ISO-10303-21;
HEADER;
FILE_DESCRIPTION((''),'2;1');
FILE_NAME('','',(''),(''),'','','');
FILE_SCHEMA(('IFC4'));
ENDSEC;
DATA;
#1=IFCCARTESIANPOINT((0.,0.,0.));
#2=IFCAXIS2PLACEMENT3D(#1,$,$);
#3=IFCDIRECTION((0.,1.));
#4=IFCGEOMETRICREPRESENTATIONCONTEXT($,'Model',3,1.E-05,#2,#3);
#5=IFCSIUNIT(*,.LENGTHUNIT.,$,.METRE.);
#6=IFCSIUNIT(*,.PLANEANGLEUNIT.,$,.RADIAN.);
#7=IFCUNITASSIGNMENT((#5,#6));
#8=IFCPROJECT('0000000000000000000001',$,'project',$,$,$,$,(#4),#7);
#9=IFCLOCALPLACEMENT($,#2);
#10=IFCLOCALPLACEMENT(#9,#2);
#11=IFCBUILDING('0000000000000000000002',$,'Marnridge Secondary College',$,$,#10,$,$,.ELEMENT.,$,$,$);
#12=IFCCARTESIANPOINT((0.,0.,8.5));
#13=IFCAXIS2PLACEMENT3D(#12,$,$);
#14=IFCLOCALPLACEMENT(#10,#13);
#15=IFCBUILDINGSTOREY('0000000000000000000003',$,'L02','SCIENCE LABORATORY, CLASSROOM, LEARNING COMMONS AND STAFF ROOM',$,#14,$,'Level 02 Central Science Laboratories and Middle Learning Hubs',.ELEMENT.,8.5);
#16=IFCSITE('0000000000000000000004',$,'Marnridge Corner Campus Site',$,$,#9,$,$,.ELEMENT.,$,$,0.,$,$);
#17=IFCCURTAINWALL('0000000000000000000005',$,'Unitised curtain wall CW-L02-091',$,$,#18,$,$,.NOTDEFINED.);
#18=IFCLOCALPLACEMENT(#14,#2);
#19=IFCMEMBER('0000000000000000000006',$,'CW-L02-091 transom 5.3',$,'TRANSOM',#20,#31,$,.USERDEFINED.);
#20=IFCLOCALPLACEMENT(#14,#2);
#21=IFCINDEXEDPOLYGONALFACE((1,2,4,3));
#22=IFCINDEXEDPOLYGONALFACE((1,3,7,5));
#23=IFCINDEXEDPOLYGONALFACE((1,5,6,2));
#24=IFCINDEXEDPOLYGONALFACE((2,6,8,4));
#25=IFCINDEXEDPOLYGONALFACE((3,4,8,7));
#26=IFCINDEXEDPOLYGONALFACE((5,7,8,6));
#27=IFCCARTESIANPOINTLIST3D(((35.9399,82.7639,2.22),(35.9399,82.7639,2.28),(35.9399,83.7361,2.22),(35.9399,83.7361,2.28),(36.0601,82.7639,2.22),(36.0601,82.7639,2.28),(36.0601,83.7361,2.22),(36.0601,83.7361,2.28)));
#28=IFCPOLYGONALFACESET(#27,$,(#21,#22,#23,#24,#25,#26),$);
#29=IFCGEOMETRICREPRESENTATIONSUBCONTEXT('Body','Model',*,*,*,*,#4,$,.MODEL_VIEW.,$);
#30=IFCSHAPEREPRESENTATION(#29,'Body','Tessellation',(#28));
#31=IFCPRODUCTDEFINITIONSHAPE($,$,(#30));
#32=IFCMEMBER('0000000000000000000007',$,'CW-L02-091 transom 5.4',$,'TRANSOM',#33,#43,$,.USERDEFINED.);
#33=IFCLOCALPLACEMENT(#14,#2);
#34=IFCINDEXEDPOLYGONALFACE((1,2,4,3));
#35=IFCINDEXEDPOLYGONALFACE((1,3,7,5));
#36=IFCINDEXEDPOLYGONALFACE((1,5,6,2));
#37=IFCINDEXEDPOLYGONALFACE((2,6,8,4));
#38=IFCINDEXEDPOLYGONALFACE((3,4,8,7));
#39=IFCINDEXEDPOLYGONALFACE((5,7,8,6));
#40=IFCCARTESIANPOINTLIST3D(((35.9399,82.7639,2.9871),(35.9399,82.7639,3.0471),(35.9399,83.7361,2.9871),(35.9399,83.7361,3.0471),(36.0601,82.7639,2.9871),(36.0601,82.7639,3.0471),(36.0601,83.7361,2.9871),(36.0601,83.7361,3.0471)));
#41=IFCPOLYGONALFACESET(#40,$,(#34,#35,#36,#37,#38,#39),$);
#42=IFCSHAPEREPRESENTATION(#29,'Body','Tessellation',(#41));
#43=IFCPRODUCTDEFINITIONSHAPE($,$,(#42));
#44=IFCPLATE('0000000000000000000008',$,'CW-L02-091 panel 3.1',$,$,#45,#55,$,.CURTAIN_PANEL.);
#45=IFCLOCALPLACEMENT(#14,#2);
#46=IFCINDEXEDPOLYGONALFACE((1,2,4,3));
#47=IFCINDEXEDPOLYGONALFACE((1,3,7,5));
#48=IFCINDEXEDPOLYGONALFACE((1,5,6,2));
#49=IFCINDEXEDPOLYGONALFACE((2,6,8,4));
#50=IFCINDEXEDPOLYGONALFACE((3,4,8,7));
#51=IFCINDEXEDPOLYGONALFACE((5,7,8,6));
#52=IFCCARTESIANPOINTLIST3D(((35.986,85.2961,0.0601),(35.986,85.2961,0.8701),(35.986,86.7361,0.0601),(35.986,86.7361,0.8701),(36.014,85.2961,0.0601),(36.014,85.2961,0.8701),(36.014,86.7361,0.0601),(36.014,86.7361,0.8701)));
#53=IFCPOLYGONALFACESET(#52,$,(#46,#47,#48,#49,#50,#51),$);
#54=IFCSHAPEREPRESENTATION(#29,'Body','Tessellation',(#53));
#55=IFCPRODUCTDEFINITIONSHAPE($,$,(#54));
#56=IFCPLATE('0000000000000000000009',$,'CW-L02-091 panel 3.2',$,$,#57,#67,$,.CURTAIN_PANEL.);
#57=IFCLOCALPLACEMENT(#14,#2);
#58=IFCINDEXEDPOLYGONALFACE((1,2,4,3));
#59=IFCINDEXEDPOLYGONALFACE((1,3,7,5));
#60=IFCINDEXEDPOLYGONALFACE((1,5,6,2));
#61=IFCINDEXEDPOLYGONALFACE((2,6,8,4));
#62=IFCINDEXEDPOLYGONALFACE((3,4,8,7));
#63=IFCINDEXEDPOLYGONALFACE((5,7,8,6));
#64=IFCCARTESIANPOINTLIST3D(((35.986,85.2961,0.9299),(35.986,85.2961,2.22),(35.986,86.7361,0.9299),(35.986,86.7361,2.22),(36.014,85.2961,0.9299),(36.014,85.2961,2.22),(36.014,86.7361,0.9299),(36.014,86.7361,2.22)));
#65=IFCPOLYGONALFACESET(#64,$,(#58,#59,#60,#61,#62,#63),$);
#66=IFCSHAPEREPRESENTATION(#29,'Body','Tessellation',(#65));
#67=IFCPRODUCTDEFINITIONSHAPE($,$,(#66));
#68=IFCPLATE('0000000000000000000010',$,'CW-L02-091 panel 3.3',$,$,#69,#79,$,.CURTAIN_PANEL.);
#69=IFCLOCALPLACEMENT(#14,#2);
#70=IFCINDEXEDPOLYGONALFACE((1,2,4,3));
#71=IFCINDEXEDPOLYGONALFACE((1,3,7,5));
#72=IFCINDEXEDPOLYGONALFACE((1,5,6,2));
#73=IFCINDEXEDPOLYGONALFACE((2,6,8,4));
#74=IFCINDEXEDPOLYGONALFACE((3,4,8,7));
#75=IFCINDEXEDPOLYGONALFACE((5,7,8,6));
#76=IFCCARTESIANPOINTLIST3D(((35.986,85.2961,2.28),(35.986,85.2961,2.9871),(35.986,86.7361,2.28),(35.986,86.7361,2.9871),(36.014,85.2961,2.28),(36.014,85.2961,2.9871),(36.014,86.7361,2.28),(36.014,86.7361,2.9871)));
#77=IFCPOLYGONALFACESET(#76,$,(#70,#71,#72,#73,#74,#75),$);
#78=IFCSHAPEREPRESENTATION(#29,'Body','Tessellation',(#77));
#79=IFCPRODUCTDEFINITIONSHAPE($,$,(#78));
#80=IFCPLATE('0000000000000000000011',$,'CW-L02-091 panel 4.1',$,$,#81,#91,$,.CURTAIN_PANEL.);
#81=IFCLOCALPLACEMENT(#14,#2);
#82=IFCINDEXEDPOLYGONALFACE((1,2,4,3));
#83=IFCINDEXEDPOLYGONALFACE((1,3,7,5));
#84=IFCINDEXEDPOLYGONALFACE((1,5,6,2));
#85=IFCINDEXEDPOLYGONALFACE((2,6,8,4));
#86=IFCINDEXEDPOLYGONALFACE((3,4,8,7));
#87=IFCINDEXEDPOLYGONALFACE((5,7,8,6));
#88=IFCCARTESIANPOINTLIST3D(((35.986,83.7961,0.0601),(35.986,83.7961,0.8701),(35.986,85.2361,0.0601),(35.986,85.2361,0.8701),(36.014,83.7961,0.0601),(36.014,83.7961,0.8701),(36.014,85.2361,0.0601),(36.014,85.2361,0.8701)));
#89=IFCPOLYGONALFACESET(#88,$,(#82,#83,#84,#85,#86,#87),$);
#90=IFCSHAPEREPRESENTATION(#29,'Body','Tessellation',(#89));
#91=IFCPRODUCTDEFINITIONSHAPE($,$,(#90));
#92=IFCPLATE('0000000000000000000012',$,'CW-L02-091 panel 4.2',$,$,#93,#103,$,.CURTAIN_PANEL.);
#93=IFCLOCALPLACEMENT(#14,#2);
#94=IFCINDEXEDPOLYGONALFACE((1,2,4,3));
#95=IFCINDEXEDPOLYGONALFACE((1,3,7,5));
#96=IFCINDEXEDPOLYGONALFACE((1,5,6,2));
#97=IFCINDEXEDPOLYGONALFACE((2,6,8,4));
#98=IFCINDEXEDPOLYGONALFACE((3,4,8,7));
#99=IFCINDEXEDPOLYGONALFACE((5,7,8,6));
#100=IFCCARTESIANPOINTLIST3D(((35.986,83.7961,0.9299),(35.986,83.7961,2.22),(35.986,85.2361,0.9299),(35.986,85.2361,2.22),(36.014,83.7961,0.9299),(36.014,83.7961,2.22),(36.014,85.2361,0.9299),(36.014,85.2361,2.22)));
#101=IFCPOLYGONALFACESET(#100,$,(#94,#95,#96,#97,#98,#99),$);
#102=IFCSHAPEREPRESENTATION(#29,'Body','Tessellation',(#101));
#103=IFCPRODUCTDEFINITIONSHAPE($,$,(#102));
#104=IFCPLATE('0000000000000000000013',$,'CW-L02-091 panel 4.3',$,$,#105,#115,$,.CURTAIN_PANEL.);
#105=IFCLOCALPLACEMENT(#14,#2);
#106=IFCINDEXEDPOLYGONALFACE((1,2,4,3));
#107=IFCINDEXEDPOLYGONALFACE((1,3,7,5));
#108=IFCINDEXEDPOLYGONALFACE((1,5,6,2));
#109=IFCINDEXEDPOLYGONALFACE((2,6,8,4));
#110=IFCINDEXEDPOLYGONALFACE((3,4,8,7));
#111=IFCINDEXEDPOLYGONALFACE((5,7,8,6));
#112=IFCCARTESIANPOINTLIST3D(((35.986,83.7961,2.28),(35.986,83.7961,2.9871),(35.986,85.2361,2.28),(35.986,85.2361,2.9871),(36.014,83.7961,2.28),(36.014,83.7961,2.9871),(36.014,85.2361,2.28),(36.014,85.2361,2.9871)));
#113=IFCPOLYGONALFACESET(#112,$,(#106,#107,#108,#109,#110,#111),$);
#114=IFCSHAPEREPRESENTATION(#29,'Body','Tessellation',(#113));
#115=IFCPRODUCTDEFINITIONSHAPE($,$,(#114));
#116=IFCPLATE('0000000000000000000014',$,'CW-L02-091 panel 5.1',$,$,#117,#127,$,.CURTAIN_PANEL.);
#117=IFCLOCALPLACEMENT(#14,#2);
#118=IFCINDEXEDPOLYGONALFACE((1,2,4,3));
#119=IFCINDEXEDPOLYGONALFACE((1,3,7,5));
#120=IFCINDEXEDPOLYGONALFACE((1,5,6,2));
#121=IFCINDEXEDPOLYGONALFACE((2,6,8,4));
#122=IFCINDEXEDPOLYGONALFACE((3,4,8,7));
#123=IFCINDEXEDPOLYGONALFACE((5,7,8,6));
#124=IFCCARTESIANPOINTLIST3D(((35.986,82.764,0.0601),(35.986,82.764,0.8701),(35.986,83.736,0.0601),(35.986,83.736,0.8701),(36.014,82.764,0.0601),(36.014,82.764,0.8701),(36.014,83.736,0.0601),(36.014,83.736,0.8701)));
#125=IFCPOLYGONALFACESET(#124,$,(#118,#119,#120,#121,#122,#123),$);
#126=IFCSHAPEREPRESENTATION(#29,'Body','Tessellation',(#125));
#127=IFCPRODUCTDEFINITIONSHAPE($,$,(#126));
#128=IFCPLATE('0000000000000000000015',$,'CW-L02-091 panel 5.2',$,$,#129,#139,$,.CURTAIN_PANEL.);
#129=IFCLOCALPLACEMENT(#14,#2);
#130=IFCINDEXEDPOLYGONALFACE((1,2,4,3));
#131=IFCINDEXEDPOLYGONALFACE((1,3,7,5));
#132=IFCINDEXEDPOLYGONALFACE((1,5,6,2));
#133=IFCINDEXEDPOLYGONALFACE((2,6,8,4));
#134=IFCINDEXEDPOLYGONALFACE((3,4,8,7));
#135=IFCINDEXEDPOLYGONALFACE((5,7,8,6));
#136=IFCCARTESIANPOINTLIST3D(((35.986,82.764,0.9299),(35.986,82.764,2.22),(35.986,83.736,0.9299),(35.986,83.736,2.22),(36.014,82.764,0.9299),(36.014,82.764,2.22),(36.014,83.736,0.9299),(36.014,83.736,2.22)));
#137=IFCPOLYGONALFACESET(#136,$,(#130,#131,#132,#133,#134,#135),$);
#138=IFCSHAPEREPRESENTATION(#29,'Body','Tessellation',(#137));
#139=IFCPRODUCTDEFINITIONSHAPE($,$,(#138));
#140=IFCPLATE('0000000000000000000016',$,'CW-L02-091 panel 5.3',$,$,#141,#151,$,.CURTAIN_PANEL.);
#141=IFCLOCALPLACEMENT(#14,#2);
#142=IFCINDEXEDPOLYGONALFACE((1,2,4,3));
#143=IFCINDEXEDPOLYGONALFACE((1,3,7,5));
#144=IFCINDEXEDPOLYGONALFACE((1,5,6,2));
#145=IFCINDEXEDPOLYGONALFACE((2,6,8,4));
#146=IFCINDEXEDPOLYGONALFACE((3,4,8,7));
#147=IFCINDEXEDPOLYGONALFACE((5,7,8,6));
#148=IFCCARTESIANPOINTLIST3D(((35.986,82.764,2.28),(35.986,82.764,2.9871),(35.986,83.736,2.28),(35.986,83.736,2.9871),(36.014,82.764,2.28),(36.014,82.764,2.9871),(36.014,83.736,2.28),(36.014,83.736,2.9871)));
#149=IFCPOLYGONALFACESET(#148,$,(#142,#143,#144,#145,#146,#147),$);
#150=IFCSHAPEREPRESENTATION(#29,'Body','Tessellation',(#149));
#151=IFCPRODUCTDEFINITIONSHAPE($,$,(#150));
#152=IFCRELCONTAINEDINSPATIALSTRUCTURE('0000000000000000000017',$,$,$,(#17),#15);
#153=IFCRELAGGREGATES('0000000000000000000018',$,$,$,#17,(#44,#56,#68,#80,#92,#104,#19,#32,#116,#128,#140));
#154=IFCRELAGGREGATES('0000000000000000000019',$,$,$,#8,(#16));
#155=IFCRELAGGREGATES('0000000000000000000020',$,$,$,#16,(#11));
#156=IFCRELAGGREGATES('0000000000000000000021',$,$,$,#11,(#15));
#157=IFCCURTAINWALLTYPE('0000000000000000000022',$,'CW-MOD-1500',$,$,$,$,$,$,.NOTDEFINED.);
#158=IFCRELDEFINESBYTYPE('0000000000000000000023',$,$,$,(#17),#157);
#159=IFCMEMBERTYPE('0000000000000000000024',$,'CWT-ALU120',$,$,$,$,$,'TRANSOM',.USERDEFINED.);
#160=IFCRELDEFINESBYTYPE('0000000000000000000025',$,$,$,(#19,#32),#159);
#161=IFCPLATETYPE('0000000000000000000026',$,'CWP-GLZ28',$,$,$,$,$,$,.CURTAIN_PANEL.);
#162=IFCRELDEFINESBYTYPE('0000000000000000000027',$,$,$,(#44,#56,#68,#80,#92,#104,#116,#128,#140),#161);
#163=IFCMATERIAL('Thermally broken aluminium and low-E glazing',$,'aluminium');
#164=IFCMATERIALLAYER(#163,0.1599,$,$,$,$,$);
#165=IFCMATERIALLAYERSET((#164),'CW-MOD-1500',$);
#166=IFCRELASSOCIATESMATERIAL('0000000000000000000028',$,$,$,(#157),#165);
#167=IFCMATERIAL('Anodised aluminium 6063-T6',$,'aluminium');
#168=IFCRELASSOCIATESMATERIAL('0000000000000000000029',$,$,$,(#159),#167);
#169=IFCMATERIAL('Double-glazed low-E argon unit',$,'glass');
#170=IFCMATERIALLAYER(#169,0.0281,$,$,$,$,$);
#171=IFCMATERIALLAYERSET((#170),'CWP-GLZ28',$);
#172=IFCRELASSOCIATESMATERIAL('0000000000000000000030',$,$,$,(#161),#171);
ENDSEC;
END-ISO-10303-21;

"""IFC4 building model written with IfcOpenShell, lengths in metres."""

from ifc_helpers import new_model, si_unit, direction, frame, origin, origin_2d, place, context, subcontext, project, spatial, rectangle, extrude, material, layer, layer_set, material_profile, profile_set, type_object, element, aggregate, save


model = new_model("IFC4")

# Units and contexts
model_context = context("Model", 3, precision=1e-05, world=origin(), true_north=direction((0.0, 1.0)))
body_context = subcontext(model_context, "Body", "Model", "MODEL_VIEW")
ifc_project = project(units=[si_unit("LENGTHUNIT", "METRE"), si_unit("PLANEANGLEUNIT", "RADIAN")], contexts=[model_context])

# Site, building, storey
site_placement = place(None, origin())
site = spatial("IfcSite", under=ifc_project, at=site_placement, Name="Marnridge Corner Campus Site", CompositionType="ELEMENT", RefElevation=0.0)
building_placement = place(site_placement, origin())
building = spatial("IfcBuilding", under=site, at=building_placement, Name="Marnridge Secondary College", CompositionType="ELEMENT")
storey_placement = place(building_placement, frame((0.0, 0.0, 8.5)))
storey = spatial("IfcBuildingStorey", under=building, at=storey_placement, Name="L02", Description="SCIENCE LABORATORY, CLASSROOM, LEARNING COMMONS AND STAFF ROOM", LongName="Level 02 Central Science Laboratories and Middle Learning Hubs", CompositionType="ELEMENT", Elevation=8.5)

# Curtain wall, members, plates
ifc_material_1 = material(Name="Thermally broken aluminium and low-E glazing", Category="aluminium")
ifc_layer_1 = layer(ifc_material_1, 0.1599)
ifc_layer_set_1 = layer_set([ifc_layer_1], Name="CW-MOD-1500")
curtain_wall_type = type_object("IfcCurtainWallType", Name="CW-MOD-1500", PredefinedType="NOTDEFINED", material=ifc_layer_set_1)
curtain_wall_placement = place(storey_placement, origin())
curtain_wall = element("IfcCurtainWall", 1, at=curtain_wall_placement, inside=storey, type_object=curtain_wall_type, Name="Unitised curtain wall CW-L02-091", PredefinedType="NOTDEFINED")
ifc_material_2 = material(Name="Anodised aluminium 6063-T6", Category="aluminium")
ifc_material_profile_1 = material_profile(ifc_material_2, rectangle(XDim=0.0601, YDim=0.1201, at=origin_2d()), Name="ALU 60x120")
ifc_profile_set_1 = profile_set([ifc_material_profile_1], Name="Anodised aluminium 6063-T6")
member_type_1 = type_object("IfcMemberType", Name="CWT-ALU120", ElementType="TRANSOM", PredefinedType="USERDEFINED", material=ifc_profile_set_1)
member_1_placement = place(storey_placement, frame((36.0, 83.7361, 2.25), z_axis=(0.0, -1.0, 0.0), x_axis=(0.0, 0.0, 1.0)))
member_1 = element("IfcMember", 2, at=member_1_placement, type_object=member_type_1, Name="CW-L02-091 transom 5.3", ObjectType="TRANSOM", PredefinedType="USERDEFINED", context=body_context, shape_type="SweptSolid", body=[
    extrude(rectangle(XDim=0.0601, YDim=0.1201, at=origin_2d()), origin(), (0.0, 0.0, 1.0), 0.9722),
])
member_2_placement = place(storey_placement, frame((36.0, 83.7361, 3.0171), z_axis=(0.0, -1.0, 0.0), x_axis=(0.0, 0.0, 1.0)))
member_2 = element("IfcMember", 3, at=member_2_placement, type_object=member_type_1, Name="CW-L02-091 transom 5.4", ObjectType="TRANSOM", PredefinedType="USERDEFINED", context=body_context, shape_type="SweptSolid", body=[
    extrude(rectangle(XDim=0.0601, YDim=0.1201, at=origin_2d()), origin(), (0.0, 0.0, 1.0), 0.9722),
])
ifc_material_3 = material(Name="Double-glazed low-E argon unit", Category="glass")
ifc_layer_2 = layer(ifc_material_3, 0.0281)
ifc_layer_set_2 = layer_set([ifc_layer_2], Name="CWP-GLZ28")
plate_type = type_object("IfcPlateType", Name="CWP-GLZ28", PredefinedType="CURTAIN_PANEL", material=ifc_layer_set_2)
plate_1_placement = place(storey_placement, frame((36.0, 86.0161, 0.0601), z_axis=(0.0, 0.0, 1.0), x_axis=(0.0, -1.0, 0.0)))
plate_1 = element("IfcPlate", 4, at=plate_1_placement, type_object=plate_type, Name="CW-L02-091 panel 3.1", PredefinedType="CURTAIN_PANEL", context=body_context, shape_type="SweptSolid", body=[
    extrude(rectangle(XDim=1.4399, YDim=0.0281, at=origin_2d()), origin(), (0.0, 0.0, 1.0), 0.8101),
])
plate_2_placement = place(storey_placement, frame((36.0, 86.0161, 0.9299), z_axis=(0.0, 0.0, 1.0), x_axis=(0.0, -1.0, 0.0)))
plate_2 = element("IfcPlate", 5, at=plate_2_placement, type_object=plate_type, Name="CW-L02-091 panel 3.2", PredefinedType="CURTAIN_PANEL", context=body_context, shape_type="SweptSolid", body=[
    extrude(rectangle(XDim=1.4399, YDim=0.0281, at=origin_2d()), origin(), (0.0, 0.0, 1.0), 1.29),
])
plate_3_placement = place(storey_placement, frame((36.0, 86.0161, 2.28), z_axis=(0.0, 0.0, 1.0), x_axis=(0.0, -1.0, 0.0)))
plate_3 = element("IfcPlate", 6, at=plate_3_placement, type_object=plate_type, Name="CW-L02-091 panel 3.3", PredefinedType="CURTAIN_PANEL", context=body_context, shape_type="SweptSolid", body=[
    extrude(rectangle(XDim=1.4399, YDim=0.0281, at=origin_2d()), origin(), (0.0, 0.0, 1.0), 0.707),
])
plate_4_placement = place(storey_placement, frame((36.0, 84.5161, 0.0601), z_axis=(0.0, 0.0, 1.0), x_axis=(0.0, -1.0, 0.0)))
plate_4 = element("IfcPlate", 7, at=plate_4_placement, type_object=plate_type, Name="CW-L02-091 panel 4.1", PredefinedType="CURTAIN_PANEL", context=body_context, shape_type="SweptSolid", body=[
    extrude(rectangle(XDim=1.4399, YDim=0.0281, at=origin_2d()), origin(), (0.0, 0.0, 1.0), 0.8101),
])
plate_5_placement = place(storey_placement, frame((36.0, 84.5161, 0.9299), z_axis=(0.0, 0.0, 1.0), x_axis=(0.0, -1.0, 0.0)))
plate_5 = element("IfcPlate", 8, at=plate_5_placement, type_object=plate_type, Name="CW-L02-091 panel 4.2", PredefinedType="CURTAIN_PANEL", context=body_context, shape_type="SweptSolid", body=[
    extrude(rectangle(XDim=1.4399, YDim=0.0281, at=origin_2d()), origin(), (0.0, 0.0, 1.0), 1.29),
])
plate_6_placement = place(storey_placement, frame((36.0, 84.5161, 2.28), z_axis=(0.0, 0.0, 1.0), x_axis=(0.0, -1.0, 0.0)))
plate_6 = element("IfcPlate", 9, at=plate_6_placement, type_object=plate_type, Name="CW-L02-091 panel 4.3", PredefinedType="CURTAIN_PANEL", context=body_context, shape_type="SweptSolid", body=[
    extrude(rectangle(XDim=1.4399, YDim=0.0281, at=origin_2d()), origin(), (0.0, 0.0, 1.0), 0.707),
])
plate_7_placement = place(storey_placement, frame((36.0, 83.25, 0.0601), z_axis=(0.0, 0.0, 1.0), x_axis=(0.0, -1.0, 0.0)))
plate_7 = element("IfcPlate", 10, at=plate_7_placement, type_object=plate_type, Name="CW-L02-091 panel 5.1", PredefinedType="CURTAIN_PANEL", context=body_context, shape_type="SweptSolid", body=[
    extrude(rectangle(XDim=0.9719, YDim=0.0281, at=origin_2d()), origin(), (0.0, 0.0, 1.0), 0.8101),
])
plate_8_placement = place(storey_placement, frame((36.0, 83.25, 0.9299), z_axis=(0.0, 0.0, 1.0), x_axis=(0.0, -1.0, 0.0)))
plate_8 = element("IfcPlate", 11, at=plate_8_placement, type_object=plate_type, Name="CW-L02-091 panel 5.2", PredefinedType="CURTAIN_PANEL", context=body_context, shape_type="SweptSolid", body=[
    extrude(rectangle(XDim=0.9719, YDim=0.0281, at=origin_2d()), origin(), (0.0, 0.0, 1.0), 1.29),
])
plate_9_placement = place(storey_placement, frame((36.0, 83.25, 2.28), z_axis=(0.0, 0.0, 1.0), x_axis=(0.0, -1.0, 0.0)))
plate_9 = element("IfcPlate", 12, at=plate_9_placement, type_object=plate_type, Name="CW-L02-091 panel 5.3", PredefinedType="CURTAIN_PANEL", context=body_context, shape_type="SweptSolid", body=[
    extrude(rectangle(XDim=0.9719, YDim=0.0281, at=origin_2d()), origin(), (0.0, 0.0, 1.0), 0.707),
])
aggregate(curtain_wall, [plate_1, plate_2, plate_3, plate_4, plate_5, plate_6, member_1, member_2, plate_7, plate_8, plate_9])

save(model, "model.ifc")
